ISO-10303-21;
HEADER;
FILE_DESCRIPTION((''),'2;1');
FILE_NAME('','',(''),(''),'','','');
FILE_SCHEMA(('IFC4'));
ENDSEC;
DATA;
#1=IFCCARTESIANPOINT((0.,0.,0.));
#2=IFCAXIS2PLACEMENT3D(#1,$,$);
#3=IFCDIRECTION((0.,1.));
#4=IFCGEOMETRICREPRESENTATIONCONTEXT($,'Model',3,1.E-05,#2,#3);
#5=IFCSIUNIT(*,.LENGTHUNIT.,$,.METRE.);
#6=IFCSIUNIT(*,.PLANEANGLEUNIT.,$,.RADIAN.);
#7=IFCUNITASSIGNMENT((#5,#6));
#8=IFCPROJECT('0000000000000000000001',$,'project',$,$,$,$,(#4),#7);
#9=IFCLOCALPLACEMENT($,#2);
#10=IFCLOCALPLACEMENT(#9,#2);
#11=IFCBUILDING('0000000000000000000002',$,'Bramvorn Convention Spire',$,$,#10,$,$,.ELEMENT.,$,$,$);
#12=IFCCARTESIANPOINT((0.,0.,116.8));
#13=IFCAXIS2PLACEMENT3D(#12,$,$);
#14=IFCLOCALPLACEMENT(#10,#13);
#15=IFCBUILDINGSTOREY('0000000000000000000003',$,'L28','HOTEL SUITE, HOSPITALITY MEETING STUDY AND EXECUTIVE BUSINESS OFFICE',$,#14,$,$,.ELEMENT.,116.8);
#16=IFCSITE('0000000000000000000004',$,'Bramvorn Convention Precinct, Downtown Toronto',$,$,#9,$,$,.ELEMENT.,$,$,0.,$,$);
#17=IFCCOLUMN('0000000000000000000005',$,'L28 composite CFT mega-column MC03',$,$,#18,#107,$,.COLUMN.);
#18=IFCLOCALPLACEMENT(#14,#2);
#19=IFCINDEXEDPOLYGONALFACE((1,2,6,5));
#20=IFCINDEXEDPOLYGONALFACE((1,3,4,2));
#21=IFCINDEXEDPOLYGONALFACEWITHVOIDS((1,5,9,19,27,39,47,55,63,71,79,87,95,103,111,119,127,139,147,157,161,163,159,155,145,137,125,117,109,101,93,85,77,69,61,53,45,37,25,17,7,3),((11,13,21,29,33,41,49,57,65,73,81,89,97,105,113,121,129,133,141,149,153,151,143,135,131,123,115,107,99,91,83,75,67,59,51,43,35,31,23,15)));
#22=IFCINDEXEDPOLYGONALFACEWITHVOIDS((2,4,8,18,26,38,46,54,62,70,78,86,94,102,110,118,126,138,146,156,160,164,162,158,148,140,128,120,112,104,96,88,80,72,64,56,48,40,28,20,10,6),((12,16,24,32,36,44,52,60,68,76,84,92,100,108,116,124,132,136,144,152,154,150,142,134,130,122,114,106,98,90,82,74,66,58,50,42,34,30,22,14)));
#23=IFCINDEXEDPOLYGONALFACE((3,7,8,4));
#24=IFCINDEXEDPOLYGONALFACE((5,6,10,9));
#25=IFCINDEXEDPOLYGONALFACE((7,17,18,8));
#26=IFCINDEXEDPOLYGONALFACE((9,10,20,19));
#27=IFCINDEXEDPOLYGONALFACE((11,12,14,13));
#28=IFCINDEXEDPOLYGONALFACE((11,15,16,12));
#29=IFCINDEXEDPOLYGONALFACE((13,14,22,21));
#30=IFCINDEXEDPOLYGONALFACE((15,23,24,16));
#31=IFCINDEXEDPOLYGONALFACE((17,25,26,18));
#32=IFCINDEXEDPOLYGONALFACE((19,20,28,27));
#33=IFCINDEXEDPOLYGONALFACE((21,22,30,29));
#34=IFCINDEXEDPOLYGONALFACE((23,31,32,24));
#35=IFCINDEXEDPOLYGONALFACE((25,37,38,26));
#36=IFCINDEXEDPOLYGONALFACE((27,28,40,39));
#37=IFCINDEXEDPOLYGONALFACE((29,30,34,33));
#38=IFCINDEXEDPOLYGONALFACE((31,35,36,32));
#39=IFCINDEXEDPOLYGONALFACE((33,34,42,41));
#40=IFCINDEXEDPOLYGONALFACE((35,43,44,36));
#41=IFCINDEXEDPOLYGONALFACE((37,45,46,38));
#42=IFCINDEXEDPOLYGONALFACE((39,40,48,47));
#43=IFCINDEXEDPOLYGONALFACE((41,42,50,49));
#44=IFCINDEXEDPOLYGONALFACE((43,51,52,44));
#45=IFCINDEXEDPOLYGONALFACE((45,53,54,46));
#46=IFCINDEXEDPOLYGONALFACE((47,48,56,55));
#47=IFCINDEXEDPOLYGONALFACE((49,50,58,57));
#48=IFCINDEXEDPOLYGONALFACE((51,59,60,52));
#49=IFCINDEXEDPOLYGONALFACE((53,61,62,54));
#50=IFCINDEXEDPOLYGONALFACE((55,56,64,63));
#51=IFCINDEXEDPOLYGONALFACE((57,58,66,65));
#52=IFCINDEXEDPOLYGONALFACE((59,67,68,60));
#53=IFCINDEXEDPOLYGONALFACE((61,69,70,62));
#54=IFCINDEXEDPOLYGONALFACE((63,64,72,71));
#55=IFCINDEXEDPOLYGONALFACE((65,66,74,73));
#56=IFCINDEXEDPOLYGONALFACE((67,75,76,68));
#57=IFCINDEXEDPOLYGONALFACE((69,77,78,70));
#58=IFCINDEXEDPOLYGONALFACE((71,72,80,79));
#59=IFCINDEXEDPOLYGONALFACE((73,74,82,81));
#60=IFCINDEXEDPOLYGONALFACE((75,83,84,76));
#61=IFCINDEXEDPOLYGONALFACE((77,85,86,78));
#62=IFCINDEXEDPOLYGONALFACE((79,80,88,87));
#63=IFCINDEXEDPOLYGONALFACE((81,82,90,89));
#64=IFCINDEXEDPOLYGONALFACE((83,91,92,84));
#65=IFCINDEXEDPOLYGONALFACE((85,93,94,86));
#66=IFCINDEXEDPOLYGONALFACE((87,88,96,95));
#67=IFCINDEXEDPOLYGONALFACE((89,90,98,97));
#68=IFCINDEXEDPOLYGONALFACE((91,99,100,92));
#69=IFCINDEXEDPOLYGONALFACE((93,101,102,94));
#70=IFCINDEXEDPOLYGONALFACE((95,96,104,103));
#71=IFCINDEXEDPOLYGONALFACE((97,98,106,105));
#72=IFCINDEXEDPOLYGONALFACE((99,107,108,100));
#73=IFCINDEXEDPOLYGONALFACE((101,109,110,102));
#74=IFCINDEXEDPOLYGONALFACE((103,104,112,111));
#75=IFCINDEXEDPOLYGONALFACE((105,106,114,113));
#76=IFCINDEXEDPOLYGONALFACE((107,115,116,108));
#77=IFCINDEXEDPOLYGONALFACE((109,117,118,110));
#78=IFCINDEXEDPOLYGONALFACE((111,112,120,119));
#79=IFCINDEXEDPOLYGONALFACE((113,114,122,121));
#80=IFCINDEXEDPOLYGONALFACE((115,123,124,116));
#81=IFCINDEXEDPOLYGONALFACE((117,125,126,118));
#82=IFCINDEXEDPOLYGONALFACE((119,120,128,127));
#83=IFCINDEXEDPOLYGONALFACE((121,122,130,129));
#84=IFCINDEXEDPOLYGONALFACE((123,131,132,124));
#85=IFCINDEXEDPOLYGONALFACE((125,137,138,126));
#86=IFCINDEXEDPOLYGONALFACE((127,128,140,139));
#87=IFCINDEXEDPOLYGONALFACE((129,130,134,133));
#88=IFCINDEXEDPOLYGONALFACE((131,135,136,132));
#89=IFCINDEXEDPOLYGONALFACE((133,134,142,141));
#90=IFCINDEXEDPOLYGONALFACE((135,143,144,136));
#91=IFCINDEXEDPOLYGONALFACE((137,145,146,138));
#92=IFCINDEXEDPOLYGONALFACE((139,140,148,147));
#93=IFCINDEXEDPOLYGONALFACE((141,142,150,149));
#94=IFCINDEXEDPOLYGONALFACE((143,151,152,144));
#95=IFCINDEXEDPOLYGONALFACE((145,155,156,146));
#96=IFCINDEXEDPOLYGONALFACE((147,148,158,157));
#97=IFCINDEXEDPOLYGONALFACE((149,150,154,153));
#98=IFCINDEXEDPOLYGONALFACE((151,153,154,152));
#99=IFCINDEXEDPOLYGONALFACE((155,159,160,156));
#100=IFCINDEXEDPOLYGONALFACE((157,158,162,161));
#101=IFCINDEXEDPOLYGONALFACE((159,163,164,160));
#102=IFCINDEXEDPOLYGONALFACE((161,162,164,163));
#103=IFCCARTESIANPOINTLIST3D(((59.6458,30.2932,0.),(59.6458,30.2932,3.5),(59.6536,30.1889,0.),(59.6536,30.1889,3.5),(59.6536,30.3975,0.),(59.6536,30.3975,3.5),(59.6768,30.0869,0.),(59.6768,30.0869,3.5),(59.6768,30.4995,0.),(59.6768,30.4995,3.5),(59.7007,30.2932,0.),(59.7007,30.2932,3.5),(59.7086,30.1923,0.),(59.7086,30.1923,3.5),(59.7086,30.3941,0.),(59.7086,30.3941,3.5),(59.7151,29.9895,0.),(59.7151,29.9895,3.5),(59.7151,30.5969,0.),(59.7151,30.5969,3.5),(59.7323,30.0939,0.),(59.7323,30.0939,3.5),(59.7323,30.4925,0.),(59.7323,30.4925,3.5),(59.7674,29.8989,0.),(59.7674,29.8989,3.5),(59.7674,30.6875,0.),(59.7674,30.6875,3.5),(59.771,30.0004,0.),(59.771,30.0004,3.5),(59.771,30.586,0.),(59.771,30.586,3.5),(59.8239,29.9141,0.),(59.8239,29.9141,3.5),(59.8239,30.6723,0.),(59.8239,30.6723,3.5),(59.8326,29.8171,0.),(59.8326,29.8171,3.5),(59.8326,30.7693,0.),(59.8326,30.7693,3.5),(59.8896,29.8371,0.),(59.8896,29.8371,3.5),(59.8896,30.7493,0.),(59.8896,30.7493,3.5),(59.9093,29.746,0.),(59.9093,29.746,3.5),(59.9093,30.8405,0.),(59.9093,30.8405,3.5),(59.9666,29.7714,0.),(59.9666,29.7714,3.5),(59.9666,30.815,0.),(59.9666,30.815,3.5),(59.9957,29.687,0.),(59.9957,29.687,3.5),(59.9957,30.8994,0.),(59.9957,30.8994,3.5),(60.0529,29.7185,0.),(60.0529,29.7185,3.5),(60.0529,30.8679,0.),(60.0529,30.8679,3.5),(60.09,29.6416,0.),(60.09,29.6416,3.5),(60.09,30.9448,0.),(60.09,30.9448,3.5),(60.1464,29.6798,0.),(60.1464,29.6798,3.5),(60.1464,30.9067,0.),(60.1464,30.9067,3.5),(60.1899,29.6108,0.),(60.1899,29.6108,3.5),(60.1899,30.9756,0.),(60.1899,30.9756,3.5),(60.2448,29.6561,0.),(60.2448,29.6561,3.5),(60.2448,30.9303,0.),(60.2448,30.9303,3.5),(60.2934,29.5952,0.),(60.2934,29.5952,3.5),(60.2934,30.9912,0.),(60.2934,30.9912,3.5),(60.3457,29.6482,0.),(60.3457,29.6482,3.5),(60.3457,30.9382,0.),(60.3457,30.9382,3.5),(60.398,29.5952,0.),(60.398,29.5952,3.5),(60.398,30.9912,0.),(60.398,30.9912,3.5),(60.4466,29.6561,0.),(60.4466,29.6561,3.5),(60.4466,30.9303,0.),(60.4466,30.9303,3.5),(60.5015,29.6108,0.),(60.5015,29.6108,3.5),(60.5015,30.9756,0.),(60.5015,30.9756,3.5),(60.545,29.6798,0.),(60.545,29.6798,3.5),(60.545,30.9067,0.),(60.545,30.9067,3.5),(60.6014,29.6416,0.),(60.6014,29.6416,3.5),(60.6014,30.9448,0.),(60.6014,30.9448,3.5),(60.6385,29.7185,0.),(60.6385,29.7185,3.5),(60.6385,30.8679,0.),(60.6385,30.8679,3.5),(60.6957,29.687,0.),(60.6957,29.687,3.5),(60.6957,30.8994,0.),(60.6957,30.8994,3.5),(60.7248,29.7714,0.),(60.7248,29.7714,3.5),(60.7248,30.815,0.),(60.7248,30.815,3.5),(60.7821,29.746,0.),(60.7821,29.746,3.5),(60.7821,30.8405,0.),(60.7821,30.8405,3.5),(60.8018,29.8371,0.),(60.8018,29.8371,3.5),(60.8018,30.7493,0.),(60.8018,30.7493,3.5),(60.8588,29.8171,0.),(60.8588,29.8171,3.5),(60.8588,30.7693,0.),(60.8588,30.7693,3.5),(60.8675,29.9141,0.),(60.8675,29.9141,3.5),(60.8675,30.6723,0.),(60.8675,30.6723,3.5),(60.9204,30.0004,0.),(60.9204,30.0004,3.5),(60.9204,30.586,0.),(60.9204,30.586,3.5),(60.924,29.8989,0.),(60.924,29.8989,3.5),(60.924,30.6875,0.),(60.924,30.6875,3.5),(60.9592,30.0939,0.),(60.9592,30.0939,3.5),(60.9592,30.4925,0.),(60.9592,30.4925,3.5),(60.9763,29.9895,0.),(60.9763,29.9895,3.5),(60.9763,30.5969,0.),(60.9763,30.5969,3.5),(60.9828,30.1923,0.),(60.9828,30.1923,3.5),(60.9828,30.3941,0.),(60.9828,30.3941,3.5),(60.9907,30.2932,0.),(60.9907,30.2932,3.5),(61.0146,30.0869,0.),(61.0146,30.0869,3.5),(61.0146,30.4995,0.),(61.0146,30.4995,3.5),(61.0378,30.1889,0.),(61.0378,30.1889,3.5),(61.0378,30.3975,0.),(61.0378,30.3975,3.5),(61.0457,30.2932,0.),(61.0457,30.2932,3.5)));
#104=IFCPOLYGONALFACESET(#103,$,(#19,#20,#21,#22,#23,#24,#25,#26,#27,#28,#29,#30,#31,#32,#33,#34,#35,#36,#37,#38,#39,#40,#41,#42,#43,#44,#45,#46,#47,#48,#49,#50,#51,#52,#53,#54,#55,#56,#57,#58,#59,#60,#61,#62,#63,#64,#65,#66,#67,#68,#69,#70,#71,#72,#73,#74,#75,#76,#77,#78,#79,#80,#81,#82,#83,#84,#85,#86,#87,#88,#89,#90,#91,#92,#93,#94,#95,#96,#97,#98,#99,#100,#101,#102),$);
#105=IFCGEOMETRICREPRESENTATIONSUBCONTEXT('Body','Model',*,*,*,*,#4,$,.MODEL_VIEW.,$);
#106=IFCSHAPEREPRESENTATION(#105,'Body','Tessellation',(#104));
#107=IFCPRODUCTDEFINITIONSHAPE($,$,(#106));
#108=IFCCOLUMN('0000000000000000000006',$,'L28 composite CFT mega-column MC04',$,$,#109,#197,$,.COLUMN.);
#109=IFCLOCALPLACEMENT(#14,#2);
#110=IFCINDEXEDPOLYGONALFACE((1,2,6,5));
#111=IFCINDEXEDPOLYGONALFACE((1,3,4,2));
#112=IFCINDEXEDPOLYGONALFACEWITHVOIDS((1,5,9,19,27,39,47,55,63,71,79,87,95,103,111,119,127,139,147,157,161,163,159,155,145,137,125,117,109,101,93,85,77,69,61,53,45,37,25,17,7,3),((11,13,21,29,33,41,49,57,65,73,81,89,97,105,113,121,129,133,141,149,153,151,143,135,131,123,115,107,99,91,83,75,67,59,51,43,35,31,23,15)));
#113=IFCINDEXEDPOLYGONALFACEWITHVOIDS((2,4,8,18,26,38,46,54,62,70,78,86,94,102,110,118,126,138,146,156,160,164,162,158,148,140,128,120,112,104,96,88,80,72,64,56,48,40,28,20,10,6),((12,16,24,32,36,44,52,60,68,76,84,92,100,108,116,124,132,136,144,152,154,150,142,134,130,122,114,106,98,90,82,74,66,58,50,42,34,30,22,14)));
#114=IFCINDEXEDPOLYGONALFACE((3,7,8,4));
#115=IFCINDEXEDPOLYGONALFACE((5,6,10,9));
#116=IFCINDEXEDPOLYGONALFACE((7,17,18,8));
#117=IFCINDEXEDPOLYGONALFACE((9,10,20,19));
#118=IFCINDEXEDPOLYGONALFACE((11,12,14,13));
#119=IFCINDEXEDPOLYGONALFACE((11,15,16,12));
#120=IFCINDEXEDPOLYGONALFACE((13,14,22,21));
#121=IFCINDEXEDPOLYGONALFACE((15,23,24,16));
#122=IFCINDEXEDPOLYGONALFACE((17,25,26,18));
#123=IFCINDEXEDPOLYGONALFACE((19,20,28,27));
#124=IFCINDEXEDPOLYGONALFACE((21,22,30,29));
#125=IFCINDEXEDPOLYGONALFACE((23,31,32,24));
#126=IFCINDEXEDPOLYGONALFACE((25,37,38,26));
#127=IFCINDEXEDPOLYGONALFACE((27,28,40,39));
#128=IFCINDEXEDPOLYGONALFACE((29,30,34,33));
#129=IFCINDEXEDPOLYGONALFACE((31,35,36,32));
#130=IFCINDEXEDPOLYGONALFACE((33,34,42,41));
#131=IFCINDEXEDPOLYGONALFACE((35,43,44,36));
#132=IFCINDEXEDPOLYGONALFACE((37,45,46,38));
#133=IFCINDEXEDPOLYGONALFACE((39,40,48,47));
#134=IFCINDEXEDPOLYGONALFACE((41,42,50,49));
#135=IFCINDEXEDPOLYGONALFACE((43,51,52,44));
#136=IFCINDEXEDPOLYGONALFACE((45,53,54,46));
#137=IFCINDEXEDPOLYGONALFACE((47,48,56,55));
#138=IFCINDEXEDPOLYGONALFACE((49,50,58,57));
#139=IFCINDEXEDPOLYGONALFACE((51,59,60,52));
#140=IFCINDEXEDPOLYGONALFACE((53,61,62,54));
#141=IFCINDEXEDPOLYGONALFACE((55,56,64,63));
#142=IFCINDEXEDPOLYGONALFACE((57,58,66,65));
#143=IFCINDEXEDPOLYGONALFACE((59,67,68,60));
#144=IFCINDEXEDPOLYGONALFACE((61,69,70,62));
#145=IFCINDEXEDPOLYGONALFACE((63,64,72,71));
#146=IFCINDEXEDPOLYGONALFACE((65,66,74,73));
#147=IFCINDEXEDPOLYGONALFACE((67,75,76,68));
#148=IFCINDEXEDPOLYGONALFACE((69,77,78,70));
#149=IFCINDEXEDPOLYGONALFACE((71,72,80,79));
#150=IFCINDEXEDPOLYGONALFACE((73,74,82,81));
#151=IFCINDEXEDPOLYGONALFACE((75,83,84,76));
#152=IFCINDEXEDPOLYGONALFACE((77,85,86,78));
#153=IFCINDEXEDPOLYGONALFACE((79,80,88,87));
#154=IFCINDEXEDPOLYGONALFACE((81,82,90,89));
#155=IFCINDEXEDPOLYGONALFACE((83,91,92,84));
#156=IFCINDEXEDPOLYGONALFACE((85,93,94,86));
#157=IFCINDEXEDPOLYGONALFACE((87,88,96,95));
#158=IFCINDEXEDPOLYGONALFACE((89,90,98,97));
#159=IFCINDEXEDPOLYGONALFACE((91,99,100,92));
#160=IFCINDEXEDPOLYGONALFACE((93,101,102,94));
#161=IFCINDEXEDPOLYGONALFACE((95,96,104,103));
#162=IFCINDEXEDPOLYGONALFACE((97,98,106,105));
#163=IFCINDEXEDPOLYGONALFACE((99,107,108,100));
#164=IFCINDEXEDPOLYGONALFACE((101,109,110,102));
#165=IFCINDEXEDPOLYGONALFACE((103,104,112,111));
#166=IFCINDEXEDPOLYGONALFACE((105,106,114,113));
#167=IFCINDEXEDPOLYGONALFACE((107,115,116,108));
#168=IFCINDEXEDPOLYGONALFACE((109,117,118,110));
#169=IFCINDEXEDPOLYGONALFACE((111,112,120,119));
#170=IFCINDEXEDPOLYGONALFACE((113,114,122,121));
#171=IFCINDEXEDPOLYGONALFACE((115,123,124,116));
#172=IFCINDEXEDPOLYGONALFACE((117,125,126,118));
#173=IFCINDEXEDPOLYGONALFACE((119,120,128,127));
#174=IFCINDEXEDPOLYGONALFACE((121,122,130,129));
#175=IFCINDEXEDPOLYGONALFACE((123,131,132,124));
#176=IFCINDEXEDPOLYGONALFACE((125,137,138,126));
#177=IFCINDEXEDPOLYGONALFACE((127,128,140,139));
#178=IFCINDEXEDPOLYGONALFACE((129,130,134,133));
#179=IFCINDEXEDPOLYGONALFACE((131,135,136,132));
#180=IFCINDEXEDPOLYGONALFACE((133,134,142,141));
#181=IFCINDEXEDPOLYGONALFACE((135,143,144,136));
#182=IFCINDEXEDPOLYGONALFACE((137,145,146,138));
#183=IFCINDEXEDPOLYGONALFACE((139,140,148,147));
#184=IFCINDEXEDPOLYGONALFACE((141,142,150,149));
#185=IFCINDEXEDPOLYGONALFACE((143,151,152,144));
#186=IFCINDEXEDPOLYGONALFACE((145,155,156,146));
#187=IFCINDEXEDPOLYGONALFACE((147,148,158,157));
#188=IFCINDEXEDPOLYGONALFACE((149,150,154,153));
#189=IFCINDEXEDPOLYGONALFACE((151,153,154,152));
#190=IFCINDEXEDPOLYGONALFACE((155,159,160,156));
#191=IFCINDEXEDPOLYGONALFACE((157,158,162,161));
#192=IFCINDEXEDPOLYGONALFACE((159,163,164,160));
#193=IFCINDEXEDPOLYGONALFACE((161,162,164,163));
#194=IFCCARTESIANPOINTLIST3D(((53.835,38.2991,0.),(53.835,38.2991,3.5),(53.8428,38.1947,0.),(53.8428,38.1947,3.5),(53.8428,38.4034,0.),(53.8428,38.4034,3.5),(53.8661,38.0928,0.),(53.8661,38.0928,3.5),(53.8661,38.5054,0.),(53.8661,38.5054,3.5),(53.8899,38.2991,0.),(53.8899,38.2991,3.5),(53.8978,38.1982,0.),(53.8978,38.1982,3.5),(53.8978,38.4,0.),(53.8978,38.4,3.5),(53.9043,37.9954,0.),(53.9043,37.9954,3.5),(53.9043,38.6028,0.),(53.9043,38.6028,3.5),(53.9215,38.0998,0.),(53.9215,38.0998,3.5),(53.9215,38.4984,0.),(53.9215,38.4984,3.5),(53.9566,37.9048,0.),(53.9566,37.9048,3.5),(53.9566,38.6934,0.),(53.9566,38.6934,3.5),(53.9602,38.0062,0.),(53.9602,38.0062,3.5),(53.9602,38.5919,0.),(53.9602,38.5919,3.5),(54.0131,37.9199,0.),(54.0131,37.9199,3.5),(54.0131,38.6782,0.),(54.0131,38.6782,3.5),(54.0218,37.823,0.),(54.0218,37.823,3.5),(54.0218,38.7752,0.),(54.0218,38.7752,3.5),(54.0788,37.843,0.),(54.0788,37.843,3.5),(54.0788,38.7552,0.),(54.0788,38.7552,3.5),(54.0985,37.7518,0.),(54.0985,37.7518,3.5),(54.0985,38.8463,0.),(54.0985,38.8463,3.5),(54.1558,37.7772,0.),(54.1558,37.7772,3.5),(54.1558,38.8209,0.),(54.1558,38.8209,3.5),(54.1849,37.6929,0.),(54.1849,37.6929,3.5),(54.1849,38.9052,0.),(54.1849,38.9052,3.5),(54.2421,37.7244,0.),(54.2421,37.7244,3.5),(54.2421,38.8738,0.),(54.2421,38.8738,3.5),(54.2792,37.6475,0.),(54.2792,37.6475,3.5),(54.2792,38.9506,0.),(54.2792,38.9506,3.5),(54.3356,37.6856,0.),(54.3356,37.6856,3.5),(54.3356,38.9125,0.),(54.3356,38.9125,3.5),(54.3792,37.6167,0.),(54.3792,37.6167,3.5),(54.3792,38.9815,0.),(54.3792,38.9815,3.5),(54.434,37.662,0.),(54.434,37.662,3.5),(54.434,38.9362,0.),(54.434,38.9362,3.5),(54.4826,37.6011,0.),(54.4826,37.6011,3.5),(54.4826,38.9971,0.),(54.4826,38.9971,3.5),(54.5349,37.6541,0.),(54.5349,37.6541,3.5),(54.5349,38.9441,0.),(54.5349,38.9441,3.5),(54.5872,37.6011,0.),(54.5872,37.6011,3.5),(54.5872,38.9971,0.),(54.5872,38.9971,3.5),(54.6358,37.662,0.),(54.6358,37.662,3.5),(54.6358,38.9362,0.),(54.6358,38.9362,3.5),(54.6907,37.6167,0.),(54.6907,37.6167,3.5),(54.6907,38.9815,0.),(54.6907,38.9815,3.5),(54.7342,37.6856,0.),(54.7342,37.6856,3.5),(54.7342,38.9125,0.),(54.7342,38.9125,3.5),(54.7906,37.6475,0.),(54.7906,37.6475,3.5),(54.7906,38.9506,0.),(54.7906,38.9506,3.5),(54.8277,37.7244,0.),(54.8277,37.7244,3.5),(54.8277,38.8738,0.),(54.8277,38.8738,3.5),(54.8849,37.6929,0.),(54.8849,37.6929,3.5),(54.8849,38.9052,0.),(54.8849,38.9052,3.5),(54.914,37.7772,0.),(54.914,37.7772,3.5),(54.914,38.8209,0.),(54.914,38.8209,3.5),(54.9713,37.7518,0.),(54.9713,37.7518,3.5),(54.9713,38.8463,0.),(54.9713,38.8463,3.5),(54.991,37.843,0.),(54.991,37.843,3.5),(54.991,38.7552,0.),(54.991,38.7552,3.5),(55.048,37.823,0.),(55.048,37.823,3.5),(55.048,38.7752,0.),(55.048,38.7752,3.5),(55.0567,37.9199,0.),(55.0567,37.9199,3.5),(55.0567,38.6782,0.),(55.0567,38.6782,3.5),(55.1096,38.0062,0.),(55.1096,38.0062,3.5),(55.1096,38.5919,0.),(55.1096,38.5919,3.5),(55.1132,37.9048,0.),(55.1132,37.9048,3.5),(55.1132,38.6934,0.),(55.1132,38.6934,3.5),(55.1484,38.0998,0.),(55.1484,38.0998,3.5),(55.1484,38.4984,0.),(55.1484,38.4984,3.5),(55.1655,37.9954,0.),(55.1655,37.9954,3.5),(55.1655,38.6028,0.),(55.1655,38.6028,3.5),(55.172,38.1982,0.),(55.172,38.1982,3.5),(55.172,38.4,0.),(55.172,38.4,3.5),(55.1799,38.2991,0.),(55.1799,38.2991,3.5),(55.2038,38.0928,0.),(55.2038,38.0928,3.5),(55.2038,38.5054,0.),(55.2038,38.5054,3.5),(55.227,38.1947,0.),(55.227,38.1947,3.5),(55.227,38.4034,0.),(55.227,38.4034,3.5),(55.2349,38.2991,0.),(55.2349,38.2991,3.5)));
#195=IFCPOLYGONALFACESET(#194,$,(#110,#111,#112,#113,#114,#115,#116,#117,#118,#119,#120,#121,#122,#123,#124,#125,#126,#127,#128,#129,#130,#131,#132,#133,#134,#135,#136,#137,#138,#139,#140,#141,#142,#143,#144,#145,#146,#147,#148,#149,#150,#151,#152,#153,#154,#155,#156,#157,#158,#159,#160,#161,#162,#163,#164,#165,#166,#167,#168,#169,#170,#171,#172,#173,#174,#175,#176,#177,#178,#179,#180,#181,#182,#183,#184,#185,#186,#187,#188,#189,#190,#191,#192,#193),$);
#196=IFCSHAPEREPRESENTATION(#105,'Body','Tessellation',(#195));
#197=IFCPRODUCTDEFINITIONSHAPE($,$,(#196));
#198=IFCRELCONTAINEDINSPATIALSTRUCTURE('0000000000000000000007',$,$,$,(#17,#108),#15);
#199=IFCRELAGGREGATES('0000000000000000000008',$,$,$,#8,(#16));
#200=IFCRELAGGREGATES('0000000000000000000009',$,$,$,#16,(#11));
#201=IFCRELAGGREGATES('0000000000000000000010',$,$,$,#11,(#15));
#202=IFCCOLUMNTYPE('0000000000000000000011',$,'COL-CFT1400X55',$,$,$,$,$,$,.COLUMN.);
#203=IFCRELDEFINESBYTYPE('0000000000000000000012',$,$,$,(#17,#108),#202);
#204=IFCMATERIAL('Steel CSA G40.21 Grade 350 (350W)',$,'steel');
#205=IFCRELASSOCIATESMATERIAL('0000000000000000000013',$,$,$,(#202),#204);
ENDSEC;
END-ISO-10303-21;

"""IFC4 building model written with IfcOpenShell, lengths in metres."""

from ifc_helpers import new_model, si_unit, direction, frame, origin, origin_2d, place, context, subcontext, project, spatial, hollow_circle, extrude, material, material_profile, profile_set, type_object, element, save


model = new_model("IFC4")

# Units and contexts
model_context = context("Model", 3, precision=1e-05, world=origin(), true_north=direction((0.0, 1.0)))
body_context = subcontext(model_context, "Body", "Model", "MODEL_VIEW")
ifc_project = project(units=[si_unit("LENGTHUNIT", "METRE"), si_unit("PLANEANGLEUNIT", "RADIAN")], contexts=[model_context])

# Site, building, storey
site_placement = place(None, origin())
site = spatial("IfcSite", under=ifc_project, at=site_placement, Name="Bramvorn Convention Precinct, Downtown Toronto", CompositionType="ELEMENT", RefElevation=0.0)
building_placement = place(site_placement, origin())
building = spatial("IfcBuilding", under=site, at=building_placement, Name="Bramvorn Convention Spire", CompositionType="ELEMENT")
storey_placement = place(building_placement, frame((0.0, 0.0, 116.8)))
storey = spatial("IfcBuildingStorey", under=building, at=storey_placement, Name="L28", Description="HOTEL SUITE, HOSPITALITY MEETING STUDY AND EXECUTIVE BUSINESS OFFICE", CompositionType="ELEMENT", Elevation=116.8)

# Columns
ifc_material_1 = material(Name="Steel CSA G40.21 Grade 350 (350W)", Category="steel")
ifc_material_profile_1 = material_profile(ifc_material_1, hollow_circle(Radius=0.7, WallThickness=0.0549, at=origin_2d()))
ifc_profile_set_1 = profile_set([ifc_material_profile_1], Name="Steel CSA G40.21 Grade 350 (350W) - CFT1400X55")
column_type = type_object("IfcColumnType", Name="COL-CFT1400X55", PredefinedType="COLUMN", material=ifc_profile_set_1)
for number, where, z_axis, x_axis, name in (
    (1, (60.3457, 30.2932, 0.0), (0.0, 0.0, 1.0), (1.0, 0.0, 0.0), "L28 composite CFT mega-column MC03"),
    (2, (54.5349, 38.2991, 0.0), (0.0, 0.0, 1.0), (1.0, 0.0, 0.0), "L28 composite CFT mega-column MC04"),
):
    element("IfcColumn", number, at=place(storey_placement, frame(where, z_axis=z_axis, x_axis=x_axis)), inside=storey, type_object=column_type, Name=name, PredefinedType="COLUMN", context=body_context, shape_type="SweptSolid", body=[
        extrude(hollow_circle(Radius=0.7, WallThickness=0.0549, at=origin_2d()), origin(), (0.0, 0.0, 1.0), 3.5),
    ])

save(model, "model.ifc")
